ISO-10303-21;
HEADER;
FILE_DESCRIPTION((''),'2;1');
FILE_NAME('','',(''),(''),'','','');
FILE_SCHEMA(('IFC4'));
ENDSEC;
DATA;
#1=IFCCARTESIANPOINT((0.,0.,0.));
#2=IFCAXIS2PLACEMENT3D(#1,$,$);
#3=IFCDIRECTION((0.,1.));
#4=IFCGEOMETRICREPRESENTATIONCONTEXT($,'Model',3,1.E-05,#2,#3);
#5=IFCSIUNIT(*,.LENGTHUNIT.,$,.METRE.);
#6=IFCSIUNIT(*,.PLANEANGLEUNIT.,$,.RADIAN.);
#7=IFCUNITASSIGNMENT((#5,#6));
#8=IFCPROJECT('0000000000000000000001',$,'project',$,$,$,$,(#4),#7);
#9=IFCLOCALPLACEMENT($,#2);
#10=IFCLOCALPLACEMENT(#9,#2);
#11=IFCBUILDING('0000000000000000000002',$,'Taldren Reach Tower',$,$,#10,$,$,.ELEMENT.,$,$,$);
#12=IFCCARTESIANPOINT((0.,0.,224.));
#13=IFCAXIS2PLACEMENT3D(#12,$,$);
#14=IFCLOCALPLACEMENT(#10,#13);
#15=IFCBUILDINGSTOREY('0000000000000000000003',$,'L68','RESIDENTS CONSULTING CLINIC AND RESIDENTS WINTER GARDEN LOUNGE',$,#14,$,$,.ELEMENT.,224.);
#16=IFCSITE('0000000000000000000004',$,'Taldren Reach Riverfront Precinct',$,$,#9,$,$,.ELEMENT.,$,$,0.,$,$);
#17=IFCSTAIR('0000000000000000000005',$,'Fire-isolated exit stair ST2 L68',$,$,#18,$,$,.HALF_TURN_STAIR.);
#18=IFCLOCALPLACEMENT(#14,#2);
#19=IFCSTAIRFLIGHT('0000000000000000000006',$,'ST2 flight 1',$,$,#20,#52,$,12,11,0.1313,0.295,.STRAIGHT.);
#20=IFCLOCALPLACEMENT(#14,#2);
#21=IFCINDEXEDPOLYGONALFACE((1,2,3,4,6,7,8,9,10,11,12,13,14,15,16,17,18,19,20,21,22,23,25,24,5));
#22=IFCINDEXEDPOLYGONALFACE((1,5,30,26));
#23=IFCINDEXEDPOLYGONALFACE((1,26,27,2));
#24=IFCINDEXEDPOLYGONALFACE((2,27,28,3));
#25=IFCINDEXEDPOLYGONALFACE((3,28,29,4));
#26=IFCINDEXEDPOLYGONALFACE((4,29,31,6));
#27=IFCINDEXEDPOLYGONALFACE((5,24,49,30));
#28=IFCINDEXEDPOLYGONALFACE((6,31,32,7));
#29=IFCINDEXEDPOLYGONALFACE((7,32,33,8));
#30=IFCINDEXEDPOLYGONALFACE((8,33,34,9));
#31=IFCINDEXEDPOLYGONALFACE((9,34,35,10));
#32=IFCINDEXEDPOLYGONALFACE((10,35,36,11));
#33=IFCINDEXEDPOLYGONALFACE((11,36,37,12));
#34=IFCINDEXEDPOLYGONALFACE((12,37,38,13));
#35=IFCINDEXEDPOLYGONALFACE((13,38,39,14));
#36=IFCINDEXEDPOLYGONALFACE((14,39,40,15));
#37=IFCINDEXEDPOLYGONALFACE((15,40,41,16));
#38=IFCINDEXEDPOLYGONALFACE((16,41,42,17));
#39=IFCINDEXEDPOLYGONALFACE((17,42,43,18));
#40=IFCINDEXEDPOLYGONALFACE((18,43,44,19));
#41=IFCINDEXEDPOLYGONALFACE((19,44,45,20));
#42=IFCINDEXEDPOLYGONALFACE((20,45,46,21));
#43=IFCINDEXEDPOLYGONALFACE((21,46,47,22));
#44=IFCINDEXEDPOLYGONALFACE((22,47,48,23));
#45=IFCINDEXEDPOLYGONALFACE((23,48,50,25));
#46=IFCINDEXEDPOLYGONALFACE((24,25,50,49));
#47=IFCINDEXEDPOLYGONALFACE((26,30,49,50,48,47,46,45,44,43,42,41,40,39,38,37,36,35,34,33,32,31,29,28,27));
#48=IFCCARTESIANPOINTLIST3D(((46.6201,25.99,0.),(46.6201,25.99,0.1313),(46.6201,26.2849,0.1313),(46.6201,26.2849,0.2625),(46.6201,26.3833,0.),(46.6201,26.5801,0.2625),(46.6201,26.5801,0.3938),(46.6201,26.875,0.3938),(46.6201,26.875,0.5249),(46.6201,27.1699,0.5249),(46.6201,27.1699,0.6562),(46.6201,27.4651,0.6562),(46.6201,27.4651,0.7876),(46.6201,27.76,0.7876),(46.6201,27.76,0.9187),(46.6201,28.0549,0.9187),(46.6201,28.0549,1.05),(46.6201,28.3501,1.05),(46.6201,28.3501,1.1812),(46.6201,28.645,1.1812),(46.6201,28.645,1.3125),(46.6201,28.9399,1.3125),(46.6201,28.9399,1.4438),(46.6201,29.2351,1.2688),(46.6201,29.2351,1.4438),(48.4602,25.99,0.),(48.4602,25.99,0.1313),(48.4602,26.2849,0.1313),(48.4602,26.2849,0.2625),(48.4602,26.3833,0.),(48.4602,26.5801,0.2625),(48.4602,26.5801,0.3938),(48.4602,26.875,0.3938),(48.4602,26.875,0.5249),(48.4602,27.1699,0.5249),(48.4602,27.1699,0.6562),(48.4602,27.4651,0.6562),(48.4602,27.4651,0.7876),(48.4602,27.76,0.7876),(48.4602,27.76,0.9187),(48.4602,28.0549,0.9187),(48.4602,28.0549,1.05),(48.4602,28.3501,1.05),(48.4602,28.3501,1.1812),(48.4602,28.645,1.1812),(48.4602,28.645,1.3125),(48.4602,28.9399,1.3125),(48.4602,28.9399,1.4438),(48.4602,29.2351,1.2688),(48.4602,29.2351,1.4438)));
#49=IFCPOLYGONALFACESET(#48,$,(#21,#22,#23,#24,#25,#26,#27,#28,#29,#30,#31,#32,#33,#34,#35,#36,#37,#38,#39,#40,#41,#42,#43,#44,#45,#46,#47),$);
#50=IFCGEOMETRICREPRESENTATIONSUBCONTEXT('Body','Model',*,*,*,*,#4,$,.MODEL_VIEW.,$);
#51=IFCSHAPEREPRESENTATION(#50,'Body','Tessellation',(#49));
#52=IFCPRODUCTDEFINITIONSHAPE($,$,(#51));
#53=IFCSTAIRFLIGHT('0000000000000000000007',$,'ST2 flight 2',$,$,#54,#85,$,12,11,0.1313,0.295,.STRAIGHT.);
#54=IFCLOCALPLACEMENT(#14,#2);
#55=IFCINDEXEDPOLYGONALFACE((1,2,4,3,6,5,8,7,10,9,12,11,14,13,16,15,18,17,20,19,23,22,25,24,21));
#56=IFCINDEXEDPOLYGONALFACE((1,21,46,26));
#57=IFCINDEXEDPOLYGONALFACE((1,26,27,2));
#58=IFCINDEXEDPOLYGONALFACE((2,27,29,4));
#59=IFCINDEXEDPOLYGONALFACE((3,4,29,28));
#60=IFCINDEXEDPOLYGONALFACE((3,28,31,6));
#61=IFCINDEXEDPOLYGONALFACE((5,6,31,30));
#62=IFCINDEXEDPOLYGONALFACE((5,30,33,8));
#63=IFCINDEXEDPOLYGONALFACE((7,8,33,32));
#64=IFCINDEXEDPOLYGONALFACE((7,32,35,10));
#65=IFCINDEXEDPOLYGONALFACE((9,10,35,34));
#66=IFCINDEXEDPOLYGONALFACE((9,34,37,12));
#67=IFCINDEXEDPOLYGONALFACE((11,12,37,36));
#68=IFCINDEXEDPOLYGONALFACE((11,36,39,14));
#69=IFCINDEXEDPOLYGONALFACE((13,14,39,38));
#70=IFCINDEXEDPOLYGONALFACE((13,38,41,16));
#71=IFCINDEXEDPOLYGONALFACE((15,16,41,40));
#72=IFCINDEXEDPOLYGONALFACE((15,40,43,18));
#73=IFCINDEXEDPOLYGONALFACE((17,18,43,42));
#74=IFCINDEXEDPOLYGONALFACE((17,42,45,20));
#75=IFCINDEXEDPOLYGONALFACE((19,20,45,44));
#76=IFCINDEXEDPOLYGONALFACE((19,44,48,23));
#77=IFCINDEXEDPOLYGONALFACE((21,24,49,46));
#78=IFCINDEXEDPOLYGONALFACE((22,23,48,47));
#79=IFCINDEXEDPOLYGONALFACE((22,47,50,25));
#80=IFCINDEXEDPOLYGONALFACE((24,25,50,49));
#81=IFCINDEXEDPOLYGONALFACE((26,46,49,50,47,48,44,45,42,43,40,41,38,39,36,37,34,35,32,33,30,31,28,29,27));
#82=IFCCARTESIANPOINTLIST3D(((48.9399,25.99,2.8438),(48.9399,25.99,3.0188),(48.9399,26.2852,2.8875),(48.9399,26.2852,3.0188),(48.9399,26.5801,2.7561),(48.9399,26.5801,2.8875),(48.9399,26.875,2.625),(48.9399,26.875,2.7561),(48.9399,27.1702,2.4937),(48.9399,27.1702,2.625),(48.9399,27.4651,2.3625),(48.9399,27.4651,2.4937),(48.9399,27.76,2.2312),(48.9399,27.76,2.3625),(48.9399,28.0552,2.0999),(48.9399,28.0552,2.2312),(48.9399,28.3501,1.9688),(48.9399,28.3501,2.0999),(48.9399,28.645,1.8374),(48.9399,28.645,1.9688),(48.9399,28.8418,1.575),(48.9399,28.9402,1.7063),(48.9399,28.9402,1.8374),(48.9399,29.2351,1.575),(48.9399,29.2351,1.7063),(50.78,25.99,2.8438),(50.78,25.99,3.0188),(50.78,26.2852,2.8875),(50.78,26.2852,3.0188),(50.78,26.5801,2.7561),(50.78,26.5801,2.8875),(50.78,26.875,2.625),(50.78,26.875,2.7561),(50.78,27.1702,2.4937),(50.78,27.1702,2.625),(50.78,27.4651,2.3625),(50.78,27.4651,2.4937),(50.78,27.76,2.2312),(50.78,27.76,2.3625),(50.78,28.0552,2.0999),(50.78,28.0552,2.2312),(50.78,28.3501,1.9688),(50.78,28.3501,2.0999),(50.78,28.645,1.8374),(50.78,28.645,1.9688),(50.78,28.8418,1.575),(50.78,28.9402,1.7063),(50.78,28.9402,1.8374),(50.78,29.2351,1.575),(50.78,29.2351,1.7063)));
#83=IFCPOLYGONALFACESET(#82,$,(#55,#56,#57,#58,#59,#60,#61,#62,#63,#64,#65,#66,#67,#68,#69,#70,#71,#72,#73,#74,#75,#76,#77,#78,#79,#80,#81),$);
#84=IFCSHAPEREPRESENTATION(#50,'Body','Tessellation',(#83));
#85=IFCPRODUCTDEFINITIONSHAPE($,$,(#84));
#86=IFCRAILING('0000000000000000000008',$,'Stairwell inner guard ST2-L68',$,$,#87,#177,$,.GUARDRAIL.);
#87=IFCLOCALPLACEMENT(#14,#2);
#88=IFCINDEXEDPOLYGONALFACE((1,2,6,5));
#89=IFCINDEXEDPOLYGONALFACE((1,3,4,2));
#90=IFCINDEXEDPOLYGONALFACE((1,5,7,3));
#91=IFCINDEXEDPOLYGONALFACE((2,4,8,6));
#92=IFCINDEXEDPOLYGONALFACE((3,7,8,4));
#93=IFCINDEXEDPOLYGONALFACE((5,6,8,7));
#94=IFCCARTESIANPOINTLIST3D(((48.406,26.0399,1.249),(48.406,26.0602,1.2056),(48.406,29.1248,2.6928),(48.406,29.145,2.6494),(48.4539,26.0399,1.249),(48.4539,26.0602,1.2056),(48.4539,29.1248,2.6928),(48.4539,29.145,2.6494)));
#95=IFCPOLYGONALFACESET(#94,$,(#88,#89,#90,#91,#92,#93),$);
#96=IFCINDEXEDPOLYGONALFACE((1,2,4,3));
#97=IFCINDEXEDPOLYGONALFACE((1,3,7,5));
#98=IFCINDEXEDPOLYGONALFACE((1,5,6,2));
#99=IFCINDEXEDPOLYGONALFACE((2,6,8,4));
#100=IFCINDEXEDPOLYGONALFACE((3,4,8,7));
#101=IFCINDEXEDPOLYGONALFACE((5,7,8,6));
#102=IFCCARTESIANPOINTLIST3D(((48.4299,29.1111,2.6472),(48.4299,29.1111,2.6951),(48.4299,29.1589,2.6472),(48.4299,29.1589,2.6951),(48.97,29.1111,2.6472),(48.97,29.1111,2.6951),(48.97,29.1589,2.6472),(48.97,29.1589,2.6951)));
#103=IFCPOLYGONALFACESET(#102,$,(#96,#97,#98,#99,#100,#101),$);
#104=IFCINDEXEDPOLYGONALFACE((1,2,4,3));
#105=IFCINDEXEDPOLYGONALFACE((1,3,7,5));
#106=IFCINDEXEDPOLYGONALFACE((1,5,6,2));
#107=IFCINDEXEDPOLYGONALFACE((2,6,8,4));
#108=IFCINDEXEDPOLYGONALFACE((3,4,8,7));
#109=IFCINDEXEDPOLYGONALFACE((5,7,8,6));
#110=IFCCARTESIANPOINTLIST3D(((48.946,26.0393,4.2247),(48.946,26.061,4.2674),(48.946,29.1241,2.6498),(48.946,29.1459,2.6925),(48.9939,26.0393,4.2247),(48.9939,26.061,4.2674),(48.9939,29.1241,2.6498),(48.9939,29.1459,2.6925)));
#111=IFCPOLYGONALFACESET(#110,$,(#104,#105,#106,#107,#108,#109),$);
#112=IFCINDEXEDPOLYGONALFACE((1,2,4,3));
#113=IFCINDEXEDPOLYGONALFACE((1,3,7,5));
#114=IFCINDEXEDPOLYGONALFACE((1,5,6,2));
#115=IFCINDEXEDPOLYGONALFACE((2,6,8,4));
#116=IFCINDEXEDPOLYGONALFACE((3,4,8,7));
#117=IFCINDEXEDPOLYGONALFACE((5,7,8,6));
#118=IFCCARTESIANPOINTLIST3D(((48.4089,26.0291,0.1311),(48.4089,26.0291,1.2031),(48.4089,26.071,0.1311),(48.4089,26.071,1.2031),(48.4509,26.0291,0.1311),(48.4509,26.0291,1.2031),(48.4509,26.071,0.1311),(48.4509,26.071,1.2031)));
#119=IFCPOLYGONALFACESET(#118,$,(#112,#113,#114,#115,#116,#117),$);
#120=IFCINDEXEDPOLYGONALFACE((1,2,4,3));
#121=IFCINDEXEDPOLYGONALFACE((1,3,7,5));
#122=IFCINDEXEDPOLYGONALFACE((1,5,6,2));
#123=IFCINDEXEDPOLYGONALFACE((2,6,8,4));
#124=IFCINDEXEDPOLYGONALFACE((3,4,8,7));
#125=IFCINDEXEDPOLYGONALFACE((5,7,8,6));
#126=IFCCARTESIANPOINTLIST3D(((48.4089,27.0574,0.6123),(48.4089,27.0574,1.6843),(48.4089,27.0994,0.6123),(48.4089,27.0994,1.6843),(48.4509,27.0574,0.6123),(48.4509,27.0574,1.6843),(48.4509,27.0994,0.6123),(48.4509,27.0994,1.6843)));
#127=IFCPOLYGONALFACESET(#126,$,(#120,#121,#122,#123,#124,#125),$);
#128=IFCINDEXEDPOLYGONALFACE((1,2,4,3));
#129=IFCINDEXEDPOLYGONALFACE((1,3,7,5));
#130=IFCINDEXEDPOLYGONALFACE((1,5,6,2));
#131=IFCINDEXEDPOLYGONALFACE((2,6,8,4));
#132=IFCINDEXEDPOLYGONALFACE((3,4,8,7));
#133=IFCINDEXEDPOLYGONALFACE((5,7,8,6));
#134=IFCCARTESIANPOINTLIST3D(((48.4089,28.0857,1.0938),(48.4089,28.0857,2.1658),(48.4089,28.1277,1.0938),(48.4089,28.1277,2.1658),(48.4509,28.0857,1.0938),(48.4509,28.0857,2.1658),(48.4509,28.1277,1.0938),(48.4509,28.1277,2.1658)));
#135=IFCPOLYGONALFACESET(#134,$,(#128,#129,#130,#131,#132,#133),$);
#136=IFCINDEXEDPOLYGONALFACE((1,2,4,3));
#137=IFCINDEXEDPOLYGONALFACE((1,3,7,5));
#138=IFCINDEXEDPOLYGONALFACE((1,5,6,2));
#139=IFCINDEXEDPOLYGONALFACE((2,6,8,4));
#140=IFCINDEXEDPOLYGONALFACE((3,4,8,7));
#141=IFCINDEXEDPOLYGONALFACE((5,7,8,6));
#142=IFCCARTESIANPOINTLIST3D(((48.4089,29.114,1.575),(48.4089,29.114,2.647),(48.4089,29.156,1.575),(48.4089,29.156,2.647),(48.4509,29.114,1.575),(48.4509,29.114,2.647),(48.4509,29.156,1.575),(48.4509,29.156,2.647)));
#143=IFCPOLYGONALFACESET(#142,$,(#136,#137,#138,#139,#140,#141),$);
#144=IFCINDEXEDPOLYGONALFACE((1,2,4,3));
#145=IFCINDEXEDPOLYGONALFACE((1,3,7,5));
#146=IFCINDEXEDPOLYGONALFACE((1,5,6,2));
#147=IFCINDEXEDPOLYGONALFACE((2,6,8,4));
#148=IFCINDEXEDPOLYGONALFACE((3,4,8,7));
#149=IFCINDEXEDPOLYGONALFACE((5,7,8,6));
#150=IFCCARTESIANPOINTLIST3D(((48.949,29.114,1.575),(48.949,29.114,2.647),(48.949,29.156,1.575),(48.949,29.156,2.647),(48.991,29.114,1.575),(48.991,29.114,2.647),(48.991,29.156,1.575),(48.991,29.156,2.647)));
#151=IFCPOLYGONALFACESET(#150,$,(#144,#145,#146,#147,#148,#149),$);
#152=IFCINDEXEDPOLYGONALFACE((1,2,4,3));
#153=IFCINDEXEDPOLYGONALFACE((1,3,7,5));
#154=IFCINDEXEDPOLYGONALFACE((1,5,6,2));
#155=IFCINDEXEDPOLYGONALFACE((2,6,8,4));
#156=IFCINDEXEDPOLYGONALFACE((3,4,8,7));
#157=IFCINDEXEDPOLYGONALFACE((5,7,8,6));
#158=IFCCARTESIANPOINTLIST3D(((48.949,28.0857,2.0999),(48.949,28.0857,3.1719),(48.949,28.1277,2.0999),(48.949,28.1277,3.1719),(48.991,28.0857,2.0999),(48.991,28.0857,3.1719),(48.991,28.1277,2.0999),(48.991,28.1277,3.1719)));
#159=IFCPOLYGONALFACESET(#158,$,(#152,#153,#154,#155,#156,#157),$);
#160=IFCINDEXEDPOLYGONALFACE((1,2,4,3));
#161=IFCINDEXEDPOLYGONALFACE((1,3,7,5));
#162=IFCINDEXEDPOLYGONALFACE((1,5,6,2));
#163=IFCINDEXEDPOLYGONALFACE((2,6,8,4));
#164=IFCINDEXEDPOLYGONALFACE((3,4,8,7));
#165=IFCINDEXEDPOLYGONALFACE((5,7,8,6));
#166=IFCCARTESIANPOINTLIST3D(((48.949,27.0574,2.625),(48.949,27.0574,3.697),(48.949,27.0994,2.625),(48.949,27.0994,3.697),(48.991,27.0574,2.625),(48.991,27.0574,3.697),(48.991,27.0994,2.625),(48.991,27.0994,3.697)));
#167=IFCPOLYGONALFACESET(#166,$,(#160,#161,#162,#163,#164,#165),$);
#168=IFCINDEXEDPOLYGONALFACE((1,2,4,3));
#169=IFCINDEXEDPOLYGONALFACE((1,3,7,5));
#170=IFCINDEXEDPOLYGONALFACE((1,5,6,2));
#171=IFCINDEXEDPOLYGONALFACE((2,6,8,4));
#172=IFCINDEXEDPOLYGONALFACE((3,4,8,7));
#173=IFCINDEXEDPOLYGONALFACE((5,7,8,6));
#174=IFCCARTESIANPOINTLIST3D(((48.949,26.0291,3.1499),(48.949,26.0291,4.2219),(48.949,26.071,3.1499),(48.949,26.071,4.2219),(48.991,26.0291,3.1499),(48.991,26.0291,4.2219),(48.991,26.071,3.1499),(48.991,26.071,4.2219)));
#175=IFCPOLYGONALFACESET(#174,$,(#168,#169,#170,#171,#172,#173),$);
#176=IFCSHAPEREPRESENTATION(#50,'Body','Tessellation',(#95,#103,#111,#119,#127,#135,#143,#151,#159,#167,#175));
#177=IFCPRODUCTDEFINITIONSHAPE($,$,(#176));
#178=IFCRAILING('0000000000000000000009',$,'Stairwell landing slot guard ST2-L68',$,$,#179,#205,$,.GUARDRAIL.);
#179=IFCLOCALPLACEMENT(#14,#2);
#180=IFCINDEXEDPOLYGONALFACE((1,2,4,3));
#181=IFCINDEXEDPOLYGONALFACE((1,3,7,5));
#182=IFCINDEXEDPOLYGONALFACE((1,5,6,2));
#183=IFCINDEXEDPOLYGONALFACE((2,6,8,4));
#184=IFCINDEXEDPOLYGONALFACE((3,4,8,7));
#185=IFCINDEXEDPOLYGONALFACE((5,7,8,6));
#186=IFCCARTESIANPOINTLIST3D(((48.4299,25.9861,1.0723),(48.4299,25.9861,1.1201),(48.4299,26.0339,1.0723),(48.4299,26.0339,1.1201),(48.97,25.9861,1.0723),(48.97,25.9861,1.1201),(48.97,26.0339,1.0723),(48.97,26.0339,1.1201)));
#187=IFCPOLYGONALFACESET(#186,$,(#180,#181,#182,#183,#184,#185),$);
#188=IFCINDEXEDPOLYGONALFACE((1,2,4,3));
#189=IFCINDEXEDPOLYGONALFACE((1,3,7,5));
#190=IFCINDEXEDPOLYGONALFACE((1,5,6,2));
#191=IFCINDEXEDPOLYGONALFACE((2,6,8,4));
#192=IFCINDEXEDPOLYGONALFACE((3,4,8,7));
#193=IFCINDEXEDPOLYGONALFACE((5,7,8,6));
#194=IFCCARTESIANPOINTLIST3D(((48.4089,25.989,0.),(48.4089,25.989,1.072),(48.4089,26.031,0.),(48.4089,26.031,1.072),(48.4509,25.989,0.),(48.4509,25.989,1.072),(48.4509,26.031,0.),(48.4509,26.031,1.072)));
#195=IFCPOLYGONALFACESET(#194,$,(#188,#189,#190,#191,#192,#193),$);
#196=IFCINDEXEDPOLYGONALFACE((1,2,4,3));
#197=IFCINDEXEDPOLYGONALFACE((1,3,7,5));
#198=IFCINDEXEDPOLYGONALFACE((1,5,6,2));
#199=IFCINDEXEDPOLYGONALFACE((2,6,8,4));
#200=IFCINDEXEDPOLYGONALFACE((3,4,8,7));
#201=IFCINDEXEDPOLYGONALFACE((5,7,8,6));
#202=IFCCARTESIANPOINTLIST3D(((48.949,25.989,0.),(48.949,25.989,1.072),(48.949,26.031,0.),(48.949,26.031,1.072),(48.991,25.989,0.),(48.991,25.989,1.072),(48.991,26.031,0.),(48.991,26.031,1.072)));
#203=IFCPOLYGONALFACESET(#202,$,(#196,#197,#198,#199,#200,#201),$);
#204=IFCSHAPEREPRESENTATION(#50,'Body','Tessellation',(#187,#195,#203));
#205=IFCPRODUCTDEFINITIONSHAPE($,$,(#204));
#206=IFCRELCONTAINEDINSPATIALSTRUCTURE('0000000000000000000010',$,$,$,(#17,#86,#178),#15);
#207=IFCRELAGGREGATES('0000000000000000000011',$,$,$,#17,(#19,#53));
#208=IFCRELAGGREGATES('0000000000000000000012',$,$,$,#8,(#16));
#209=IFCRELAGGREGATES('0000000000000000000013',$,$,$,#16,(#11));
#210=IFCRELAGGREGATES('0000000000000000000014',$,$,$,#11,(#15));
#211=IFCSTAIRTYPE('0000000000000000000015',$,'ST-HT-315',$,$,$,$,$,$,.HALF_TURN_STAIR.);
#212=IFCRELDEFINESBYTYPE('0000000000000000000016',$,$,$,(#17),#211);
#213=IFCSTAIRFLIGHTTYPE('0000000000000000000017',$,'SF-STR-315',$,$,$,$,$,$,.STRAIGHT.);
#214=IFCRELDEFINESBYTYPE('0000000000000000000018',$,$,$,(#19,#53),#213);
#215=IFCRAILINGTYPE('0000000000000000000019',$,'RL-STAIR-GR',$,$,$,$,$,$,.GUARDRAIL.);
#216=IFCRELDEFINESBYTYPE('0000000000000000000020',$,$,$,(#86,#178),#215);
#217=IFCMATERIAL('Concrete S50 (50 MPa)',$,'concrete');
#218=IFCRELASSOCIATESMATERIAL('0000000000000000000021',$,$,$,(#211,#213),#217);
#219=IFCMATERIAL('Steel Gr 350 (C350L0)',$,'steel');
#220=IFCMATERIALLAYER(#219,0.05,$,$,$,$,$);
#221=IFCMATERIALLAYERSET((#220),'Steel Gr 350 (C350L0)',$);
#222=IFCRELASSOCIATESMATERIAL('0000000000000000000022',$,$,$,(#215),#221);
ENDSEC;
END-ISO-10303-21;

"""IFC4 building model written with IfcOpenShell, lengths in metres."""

from ifc_helpers import new_model, si_unit, direction, frame, origin, origin_2d, place, context, subcontext, project, spatial, polyline, rectangle, outline, extrude, material, layer, layer_set, type_object, element, aggregate, save


model = new_model("IFC4")

# Units and contexts
model_context = context("Model", 3, precision=1e-05, world=origin(), true_north=direction((0.0, 1.0)))
body_context = subcontext(model_context, "Body", "Model", "MODEL_VIEW")
ifc_project = project(units=[si_unit("LENGTHUNIT", "METRE"), si_unit("PLANEANGLEUNIT", "RADIAN")], contexts=[model_context])

# Site, building, storey
site_placement = place(None, origin())
site = spatial("IfcSite", under=ifc_project, at=site_placement, Name="Taldren Reach Riverfront Precinct", CompositionType="ELEMENT", RefElevation=0.0)
building_placement = place(site_placement, origin())
building = spatial("IfcBuilding", under=site, at=building_placement, Name="Taldren Reach Tower", CompositionType="ELEMENT")
storey_placement = place(building_placement, frame((0.0, 0.0, 224.0)))
storey = spatial("IfcBuildingStorey", under=building, at=storey_placement, Name="L68", Description="RESIDENTS CONSULTING CLINIC AND RESIDENTS WINTER GARDEN LOUNGE", CompositionType="ELEMENT", Elevation=224.0)

# Shared definitions
ifc_material_1 = material(Name="Steel Gr 350 (C350L0)", Category="steel")

# Stair, stair flights
ifc_material_2 = material(Name="Concrete S50 (50 MPa)", Category="concrete")
stair_type = type_object("IfcStairType", Name="ST-HT-315", PredefinedType="HALF_TURN_STAIR", material=ifc_material_2)
stair_placement = place(storey_placement, origin())
stair = element("IfcStair", 1, at=stair_placement, inside=storey, type_object=stair_type, Name="Fire-isolated exit stair ST2 L68", PredefinedType="HALF_TURN_STAIR")
stair_flight_type = type_object("IfcStairFlightType", Name="SF-STR-315", PredefinedType="STRAIGHT", material=ifc_material_2)
stair_flight_1_placement = place(storey_placement, frame((47.54, 25.99, 0.0), z_axis=(0.0, 0.0, 1.0), x_axis=(0.0, 1.0, 0.0)))
stair_flight_1 = element("IfcStairFlight", 2, at=stair_flight_1_placement, type_object=stair_flight_type, Name="ST2 flight 1", NumberOfRisers=12, NumberOfTreads=11, PredefinedType="STRAIGHT", RiserHeight=0.1313, TreadLength=0.295, context=body_context, shape_type="SweptSolid", body=[
    extrude(outline(polyline([(0.0, 0.0), (0.0, 0.1313), (0.2949, 0.1313), (0.2949, 0.2625), (0.5901, 0.2625), (0.5901, 0.3938), (0.885, 0.3938), (0.885, 0.5249), (1.1799, 0.5249), (1.1799, 0.6562), (1.4751, 0.6562), (1.4751, 0.7876), (1.77, 0.7876), (1.77, 0.9187), (2.0649, 0.9187), (2.0649, 1.05), (2.3601, 1.05), (2.3601, 1.1812), (2.655, 1.1812), (2.655, 1.3125), (2.95, 1.3125), (2.95, 1.4438), (3.2451, 1.4438), (3.2451, 1.575), (3.2451, 1.2688), (0.3933, 0.0), (0.0, 0.0)])), frame((0.0, 0.9199, 0.0), z_axis=(0.0, -1.0, 0.0), x_axis=(1.0, 0.0, 0.0)), (0.0, 0.0, 1.0), 1.8401),
])
stair_flight_2_placement = place(storey_placement, frame((49.8601, 29.2351, 1.575), z_axis=(0.0, 0.0, 1.0), x_axis=(0.0, -1.0, 0.0)))
stair_flight_2 = element("IfcStairFlight", 3, at=stair_flight_2_placement, type_object=stair_flight_type, Name="ST2 flight 2", NumberOfRisers=12, NumberOfTreads=11, PredefinedType="STRAIGHT", RiserHeight=0.1313, TreadLength=0.295, context=body_context, shape_type="SweptSolid", body=[
    extrude(outline(polyline([(0.0, 0.0), (0.0, 0.1313), (0.2949, 0.1313), (0.2949, 0.2625), (0.5901, 0.2625), (0.5901, 0.3938), (0.885, 0.3938), (0.885, 0.5249), (1.1799, 0.5249), (1.1799, 0.6562), (1.4751, 0.6562), (1.4751, 0.7876), (1.77, 0.7876), (1.77, 0.9187), (2.0649, 0.9187), (2.0649, 1.05), (2.3601, 1.05), (2.3601, 1.1812), (2.655, 1.1812), (2.655, 1.3125), (2.95, 1.3125), (2.95, 1.4438), (3.2451, 1.4438), (3.2451, 1.575), (3.2451, 1.2688), (0.3933, 0.0), (0.0, 0.0)])), frame((0.0, 0.9199, 0.0), z_axis=(0.0, -1.0, 0.0), x_axis=(1.0, 0.0, 0.0)), (0.0, 0.0, 1.0), 1.8401),
])
aggregate(stair, [stair_flight_1, stair_flight_2])

# Railings
ifc_layer_1 = layer(ifc_material_1, 0.05)
ifc_layer_set_1 = layer_set([ifc_layer_1], Name="Steel Gr 350 (C350L0)")
railing_type_1 = type_object("IfcRailingType", Name="RL-STAIR-GR", PredefinedType="GUARDRAIL", material=ifc_layer_set_1)
railing_1_placement = place(storey_placement, frame((48.4299, 26.05, 0.1311)))
element("IfcRailing", 4, at=railing_1_placement, inside=storey, type_object=railing_type_1, Name="Stairwell inner guard ST2-L68", PredefinedType="GUARDRAIL", context=body_context, shape_type="SweptSolid", body=[
    extrude(rectangle(XDim=0.0479, YDim=0.0479, at=origin_2d()), frame((0.0, 0.0, 1.0962), z_axis=(0.0, 0.90571, 0.423898), x_axis=(-1.0, 0.0, 0.0)), (0.0, 0.0, 1.0), 3.406),
    extrude(rectangle(XDim=0.0479, YDim=0.0479, at=origin_2d()), frame((0.0, 3.085, 2.54), z_axis=(1.0, 0.0, 0.0), x_axis=(0.0, 1.0, 0.0)), (0.0, 0.0, 1.0), 0.54),
    extrude(rectangle(XDim=0.0479, YDim=0.0479, at=origin_2d()), frame((0.54, 3.085, 2.54), z_axis=(0.0, -0.890646, 0.454697), x_axis=(1.0, 0.0, 0.0)), (0.0, 0.0, 1.0), 3.4636),
    extrude(rectangle(XDim=0.042, YDim=0.042, at=origin_2d()), origin(), (0.0, 0.0, 1.0), 1.072),
    extrude(rectangle(XDim=0.042, YDim=0.042, at=origin_2d()), frame((0.0, 1.0283, 0.4812)), (0.0, 0.0, 1.0), 1.072),
    extrude(rectangle(XDim=0.042, YDim=0.042, at=origin_2d()), frame((0.0, 2.0566, 0.9626)), (0.0, 0.0, 1.0), 1.072),
    extrude(rectangle(XDim=0.042, YDim=0.042, at=origin_2d()), frame((0.0, 3.085, 1.4438)), (0.0, 0.0, 1.0), 1.072),
    extrude(rectangle(XDim=0.042, YDim=0.042, at=origin_2d()), frame((0.54, 3.085, 1.4438)), (0.0, 0.0, 1.0), 1.072),
    extrude(rectangle(XDim=0.042, YDim=0.042, at=origin_2d()), frame((0.54, 2.0566, 1.9688)), (0.0, 0.0, 1.0), 1.072),
    extrude(rectangle(XDim=0.042, YDim=0.042, at=origin_2d()), frame((0.54, 1.0283, 2.4939)), (0.0, 0.0, 1.0), 1.072),
    extrude(rectangle(XDim=0.042, YDim=0.042, at=origin_2d()), frame((0.54, 0.0, 3.0188)), (0.0, 0.0, 1.0), 1.072),
])
railing_2_placement = place(storey_placement, frame((48.4299, 26.01, 0.0)))
element("IfcRailing", 5, at=railing_2_placement, inside=storey, type_object=railing_type_1, Name="Stairwell landing slot guard ST2-L68", PredefinedType="GUARDRAIL", context=body_context, shape_type="SweptSolid", body=[
    extrude(rectangle(XDim=0.0479, YDim=0.0479, at=origin_2d()), frame((0.0, 0.0, 1.0962), z_axis=(1.0, 0.0, 0.0), x_axis=(0.0, 1.0, 0.0)), (0.0, 0.0, 1.0), 0.54),
    extrude(rectangle(XDim=0.042, YDim=0.042, at=origin_2d()), origin(), (0.0, 0.0, 1.0), 1.072),
    extrude(rectangle(XDim=0.042, YDim=0.042, at=origin_2d()), frame((0.54, 0.0, 0.0)), (0.0, 0.0, 1.0), 1.072),
])

save(model, "model.ifc")
